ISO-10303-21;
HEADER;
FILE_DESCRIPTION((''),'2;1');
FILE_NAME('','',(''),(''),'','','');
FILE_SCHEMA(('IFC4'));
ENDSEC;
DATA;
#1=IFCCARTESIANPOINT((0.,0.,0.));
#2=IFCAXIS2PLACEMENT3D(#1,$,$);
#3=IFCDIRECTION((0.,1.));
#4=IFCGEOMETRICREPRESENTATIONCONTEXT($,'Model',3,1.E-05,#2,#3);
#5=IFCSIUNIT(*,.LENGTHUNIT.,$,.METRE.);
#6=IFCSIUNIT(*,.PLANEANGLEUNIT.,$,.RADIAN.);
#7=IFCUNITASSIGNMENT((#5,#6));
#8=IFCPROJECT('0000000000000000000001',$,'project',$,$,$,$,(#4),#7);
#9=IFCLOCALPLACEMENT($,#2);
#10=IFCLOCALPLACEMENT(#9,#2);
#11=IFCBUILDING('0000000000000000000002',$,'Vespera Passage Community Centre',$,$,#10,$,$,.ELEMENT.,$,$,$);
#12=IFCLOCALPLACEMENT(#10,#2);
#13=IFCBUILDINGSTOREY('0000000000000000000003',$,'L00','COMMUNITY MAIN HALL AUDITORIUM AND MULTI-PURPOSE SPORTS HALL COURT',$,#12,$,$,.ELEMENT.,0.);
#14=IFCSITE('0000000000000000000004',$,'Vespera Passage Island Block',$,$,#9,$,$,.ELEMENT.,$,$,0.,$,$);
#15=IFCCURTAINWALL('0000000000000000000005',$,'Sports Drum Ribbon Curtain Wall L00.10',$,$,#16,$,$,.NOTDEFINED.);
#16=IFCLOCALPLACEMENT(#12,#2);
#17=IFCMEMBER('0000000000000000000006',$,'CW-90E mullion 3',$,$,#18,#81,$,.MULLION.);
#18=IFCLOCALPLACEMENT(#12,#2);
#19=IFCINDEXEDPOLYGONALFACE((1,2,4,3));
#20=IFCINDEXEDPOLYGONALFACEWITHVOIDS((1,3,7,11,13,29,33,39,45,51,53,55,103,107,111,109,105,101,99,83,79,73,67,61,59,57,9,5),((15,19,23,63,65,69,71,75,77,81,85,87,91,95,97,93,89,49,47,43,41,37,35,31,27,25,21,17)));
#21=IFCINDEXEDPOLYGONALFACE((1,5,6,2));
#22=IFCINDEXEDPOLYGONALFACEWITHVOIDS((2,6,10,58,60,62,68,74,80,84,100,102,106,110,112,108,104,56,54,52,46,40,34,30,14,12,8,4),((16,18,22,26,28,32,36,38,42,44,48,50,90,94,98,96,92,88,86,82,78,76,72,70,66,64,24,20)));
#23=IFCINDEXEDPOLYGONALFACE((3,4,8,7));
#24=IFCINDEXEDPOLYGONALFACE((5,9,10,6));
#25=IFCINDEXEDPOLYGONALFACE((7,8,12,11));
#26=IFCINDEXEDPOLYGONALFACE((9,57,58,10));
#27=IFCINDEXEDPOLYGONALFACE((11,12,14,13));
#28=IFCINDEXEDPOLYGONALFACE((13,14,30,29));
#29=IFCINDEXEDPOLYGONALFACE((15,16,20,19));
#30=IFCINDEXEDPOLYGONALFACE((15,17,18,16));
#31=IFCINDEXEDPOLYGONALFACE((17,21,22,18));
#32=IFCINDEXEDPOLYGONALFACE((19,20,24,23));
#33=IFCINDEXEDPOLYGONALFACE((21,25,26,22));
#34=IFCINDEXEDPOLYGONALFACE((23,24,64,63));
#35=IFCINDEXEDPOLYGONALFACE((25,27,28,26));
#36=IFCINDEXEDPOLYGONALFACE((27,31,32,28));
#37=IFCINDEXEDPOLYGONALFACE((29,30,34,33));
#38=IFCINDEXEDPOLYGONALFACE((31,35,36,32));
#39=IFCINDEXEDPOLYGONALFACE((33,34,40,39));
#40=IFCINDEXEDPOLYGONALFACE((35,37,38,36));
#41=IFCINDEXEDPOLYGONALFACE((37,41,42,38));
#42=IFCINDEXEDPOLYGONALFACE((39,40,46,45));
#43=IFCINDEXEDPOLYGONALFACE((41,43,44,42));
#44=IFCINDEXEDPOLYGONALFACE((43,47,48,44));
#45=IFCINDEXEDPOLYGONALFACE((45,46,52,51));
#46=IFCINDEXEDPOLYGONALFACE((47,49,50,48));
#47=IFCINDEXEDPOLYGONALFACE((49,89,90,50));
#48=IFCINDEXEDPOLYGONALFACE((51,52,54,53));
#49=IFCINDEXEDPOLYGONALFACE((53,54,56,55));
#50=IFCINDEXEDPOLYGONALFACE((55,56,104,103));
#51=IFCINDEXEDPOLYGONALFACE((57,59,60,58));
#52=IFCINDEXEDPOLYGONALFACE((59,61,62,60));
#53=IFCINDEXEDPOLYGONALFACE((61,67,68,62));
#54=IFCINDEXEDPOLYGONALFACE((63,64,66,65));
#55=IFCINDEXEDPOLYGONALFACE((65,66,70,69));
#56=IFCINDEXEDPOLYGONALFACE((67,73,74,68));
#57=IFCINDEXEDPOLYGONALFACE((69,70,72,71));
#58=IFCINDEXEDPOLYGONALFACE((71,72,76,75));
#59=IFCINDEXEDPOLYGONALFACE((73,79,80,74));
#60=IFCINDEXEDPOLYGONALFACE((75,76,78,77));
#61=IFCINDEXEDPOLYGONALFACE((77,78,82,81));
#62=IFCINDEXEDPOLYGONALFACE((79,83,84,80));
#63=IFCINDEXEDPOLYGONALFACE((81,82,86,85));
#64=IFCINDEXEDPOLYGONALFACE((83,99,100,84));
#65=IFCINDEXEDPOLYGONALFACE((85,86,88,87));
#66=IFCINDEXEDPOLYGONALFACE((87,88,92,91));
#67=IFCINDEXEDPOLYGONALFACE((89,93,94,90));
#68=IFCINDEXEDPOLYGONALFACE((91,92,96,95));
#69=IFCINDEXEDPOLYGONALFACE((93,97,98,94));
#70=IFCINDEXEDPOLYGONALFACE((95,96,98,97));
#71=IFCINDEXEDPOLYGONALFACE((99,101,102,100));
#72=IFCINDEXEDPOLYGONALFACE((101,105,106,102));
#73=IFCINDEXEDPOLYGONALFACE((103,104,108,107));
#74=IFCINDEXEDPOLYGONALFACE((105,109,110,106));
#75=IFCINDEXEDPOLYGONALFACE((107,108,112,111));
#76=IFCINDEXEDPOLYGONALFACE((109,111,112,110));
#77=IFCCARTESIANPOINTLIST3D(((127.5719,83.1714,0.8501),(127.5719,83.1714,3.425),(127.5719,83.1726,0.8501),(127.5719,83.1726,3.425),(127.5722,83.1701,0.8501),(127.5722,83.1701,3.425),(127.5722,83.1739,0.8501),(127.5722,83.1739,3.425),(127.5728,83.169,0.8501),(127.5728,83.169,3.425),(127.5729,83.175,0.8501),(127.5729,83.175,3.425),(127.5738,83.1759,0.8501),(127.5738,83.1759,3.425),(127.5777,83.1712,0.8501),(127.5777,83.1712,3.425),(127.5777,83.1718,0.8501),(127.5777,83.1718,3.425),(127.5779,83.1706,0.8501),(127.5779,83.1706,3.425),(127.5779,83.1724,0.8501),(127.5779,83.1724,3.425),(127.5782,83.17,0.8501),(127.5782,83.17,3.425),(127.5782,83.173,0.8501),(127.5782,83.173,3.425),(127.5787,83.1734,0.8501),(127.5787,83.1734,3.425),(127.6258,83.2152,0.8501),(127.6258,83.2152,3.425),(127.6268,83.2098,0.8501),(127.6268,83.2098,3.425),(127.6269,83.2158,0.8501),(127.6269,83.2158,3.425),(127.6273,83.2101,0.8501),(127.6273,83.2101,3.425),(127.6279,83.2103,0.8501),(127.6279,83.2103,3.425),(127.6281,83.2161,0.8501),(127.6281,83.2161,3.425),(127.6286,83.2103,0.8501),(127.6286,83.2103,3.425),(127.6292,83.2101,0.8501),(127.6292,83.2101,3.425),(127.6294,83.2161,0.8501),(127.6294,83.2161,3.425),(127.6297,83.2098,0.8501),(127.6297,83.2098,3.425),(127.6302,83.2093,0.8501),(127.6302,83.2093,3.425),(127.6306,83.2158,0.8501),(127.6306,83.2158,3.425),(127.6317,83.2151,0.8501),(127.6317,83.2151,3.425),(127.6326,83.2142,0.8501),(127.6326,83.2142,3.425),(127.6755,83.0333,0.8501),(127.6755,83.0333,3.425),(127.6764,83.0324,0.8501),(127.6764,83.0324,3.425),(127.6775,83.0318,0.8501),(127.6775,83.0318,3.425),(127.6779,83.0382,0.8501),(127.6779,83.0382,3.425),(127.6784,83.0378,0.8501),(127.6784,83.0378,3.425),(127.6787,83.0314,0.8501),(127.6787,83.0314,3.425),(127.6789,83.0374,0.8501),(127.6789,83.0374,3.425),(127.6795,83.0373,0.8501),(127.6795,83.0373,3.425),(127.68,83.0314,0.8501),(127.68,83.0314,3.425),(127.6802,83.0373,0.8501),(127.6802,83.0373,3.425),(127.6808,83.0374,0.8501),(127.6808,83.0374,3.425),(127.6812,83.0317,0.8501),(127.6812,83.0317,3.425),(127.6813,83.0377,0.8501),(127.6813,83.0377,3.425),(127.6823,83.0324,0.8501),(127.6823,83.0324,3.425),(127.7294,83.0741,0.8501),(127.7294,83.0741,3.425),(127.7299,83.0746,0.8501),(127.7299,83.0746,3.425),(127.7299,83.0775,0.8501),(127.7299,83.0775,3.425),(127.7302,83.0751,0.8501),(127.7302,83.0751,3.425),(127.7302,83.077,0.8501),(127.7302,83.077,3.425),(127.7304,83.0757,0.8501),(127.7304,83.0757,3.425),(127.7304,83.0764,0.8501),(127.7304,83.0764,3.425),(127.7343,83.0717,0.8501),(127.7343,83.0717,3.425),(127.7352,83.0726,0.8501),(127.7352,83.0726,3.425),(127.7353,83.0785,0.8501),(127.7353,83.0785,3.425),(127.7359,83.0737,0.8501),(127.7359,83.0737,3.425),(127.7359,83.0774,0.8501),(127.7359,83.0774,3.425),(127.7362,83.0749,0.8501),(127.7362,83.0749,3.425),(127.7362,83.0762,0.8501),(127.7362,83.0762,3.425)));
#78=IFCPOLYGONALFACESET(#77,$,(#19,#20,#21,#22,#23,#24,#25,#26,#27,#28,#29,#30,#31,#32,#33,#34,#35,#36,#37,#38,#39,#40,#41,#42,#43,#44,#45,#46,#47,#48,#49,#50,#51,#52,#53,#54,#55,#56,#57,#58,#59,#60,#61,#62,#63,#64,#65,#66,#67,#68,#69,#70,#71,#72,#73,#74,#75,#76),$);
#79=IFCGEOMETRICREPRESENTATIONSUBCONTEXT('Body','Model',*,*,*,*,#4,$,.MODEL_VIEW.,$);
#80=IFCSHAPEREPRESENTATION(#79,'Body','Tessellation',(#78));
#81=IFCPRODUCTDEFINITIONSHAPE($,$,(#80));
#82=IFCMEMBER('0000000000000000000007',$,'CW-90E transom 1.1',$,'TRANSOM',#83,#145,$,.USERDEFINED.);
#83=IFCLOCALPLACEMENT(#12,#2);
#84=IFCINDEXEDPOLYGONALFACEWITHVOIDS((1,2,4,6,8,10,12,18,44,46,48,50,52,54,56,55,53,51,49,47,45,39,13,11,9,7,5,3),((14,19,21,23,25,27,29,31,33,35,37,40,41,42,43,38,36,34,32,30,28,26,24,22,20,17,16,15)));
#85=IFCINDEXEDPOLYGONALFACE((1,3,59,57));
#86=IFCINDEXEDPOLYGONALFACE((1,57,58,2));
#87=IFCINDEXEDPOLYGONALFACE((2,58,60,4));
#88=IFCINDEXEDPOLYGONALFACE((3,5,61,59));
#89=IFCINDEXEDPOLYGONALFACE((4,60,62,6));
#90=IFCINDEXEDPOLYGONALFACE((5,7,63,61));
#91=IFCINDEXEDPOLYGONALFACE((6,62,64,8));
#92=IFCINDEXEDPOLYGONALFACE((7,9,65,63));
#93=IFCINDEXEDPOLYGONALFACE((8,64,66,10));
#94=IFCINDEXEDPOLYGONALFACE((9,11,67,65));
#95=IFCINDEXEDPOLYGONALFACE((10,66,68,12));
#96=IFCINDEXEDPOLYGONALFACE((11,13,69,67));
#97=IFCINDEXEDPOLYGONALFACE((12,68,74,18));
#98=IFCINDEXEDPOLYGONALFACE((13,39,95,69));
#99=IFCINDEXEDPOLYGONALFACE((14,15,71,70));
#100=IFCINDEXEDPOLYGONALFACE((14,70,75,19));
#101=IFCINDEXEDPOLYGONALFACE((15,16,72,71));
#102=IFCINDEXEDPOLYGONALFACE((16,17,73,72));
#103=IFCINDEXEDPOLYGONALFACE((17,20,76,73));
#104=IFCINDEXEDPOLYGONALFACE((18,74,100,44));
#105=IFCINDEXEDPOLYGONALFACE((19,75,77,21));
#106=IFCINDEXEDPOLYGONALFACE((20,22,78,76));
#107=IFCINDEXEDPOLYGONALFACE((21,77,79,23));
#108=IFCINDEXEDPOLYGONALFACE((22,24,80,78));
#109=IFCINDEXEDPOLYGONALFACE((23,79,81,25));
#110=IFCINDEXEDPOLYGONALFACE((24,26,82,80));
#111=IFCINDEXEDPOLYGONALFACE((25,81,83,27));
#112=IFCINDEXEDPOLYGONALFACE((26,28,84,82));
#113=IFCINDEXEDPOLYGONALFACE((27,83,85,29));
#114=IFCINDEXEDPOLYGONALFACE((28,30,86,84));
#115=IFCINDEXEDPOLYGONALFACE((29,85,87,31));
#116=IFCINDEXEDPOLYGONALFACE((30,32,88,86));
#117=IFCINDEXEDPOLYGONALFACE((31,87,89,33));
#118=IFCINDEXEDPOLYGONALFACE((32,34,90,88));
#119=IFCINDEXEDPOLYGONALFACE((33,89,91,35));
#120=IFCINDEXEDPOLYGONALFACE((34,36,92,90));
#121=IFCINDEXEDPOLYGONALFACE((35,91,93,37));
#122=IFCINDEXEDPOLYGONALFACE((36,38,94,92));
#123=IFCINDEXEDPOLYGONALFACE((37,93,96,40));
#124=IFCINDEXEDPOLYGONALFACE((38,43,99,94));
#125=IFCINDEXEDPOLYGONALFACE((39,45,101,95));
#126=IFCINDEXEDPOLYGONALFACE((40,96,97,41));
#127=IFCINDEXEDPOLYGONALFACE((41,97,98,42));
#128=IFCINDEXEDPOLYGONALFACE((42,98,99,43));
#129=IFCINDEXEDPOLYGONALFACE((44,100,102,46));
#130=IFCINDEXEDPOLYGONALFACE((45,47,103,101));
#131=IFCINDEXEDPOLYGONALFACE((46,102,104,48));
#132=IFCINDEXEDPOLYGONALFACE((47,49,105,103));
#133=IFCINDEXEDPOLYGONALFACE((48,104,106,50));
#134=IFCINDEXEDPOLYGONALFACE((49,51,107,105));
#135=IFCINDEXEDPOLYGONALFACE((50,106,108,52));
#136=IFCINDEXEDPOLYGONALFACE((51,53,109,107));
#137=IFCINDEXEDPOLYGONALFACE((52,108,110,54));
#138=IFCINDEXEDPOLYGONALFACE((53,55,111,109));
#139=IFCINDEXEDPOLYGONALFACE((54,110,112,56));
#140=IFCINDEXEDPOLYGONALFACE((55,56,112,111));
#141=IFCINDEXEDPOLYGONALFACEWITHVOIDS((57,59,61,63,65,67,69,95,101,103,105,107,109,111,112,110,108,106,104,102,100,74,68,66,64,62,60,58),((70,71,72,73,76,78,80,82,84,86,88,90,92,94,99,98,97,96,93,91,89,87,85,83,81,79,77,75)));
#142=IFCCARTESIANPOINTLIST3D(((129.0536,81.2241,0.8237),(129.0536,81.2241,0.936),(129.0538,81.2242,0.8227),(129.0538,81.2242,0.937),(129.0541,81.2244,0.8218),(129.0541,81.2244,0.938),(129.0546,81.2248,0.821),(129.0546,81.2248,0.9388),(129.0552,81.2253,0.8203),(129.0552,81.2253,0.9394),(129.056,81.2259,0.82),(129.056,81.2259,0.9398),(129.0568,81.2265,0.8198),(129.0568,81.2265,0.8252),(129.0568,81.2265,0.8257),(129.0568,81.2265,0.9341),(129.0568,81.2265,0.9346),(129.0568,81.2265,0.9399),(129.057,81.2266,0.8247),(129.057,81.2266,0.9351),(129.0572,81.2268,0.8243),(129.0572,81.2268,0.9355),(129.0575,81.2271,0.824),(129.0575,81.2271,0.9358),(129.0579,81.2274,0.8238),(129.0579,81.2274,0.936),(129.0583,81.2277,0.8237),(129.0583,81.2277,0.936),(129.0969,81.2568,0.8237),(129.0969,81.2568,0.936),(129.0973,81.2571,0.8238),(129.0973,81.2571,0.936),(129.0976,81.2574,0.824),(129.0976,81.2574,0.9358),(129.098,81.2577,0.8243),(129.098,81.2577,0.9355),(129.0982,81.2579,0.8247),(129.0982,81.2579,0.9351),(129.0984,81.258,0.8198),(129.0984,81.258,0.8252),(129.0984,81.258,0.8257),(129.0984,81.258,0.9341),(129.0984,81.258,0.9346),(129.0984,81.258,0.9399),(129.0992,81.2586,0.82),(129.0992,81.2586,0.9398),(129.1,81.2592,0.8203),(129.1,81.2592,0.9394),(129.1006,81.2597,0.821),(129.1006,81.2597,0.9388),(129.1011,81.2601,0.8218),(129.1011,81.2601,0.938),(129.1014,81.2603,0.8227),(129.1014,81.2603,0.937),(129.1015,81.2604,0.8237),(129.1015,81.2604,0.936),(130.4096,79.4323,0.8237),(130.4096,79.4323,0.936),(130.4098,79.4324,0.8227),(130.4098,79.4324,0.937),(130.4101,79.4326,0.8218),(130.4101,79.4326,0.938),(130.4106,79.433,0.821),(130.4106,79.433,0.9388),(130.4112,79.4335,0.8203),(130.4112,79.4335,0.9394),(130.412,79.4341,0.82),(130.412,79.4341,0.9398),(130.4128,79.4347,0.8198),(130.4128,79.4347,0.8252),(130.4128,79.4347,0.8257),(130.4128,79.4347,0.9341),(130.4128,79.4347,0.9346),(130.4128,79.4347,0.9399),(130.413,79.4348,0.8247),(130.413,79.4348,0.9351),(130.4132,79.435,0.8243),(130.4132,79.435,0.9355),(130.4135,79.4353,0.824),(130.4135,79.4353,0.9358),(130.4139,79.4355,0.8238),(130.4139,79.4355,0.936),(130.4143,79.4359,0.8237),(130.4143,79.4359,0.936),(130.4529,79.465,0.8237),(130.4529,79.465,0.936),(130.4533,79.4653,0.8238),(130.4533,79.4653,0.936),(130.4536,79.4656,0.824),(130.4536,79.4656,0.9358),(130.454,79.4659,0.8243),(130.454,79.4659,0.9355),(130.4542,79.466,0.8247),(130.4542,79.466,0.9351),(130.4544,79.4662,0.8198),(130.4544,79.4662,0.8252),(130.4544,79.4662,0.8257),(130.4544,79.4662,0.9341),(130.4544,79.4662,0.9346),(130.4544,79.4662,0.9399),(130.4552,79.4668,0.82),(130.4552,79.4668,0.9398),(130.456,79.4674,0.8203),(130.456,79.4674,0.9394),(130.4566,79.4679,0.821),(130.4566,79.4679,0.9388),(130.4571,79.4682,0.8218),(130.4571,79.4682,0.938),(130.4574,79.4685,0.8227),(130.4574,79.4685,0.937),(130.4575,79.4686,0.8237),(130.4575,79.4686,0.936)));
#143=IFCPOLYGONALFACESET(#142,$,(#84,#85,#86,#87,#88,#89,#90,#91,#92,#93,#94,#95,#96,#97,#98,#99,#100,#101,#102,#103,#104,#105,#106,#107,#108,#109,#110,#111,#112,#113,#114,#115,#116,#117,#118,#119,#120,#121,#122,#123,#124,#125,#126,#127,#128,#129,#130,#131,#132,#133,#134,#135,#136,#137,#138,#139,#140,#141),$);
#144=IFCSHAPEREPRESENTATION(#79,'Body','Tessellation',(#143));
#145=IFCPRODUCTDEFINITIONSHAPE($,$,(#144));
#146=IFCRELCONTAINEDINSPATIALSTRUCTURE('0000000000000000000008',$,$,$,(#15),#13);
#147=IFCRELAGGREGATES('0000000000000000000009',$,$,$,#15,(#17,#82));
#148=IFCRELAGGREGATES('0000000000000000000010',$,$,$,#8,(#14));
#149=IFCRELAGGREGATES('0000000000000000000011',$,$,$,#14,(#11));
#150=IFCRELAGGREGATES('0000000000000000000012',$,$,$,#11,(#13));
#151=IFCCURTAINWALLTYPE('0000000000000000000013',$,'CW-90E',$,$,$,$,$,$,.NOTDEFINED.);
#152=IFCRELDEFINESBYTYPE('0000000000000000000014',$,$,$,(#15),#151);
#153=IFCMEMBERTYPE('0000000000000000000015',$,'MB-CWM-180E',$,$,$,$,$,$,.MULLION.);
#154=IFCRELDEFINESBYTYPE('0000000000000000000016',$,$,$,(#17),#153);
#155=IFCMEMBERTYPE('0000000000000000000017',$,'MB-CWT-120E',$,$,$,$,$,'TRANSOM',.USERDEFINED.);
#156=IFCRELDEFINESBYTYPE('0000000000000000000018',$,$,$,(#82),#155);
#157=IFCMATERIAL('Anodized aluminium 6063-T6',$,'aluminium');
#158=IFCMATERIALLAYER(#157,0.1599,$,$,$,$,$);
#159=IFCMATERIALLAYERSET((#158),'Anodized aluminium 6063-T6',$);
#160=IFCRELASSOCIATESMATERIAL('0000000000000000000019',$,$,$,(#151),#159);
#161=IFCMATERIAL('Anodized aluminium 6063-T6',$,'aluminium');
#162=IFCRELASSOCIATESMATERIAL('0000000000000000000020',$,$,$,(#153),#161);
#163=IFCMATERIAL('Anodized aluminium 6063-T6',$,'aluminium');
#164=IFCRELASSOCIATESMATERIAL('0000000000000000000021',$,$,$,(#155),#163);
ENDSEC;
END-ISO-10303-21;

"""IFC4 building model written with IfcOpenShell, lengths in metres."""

from ifc_helpers import new_model, si_unit, direction, frame, origin, origin_2d, place, context, subcontext, project, spatial, hollow_rectangle, extrude, material, layer, layer_set, material_profile, profile_set, type_object, element, aggregate, save


model = new_model("IFC4")

# Units and contexts
model_context = context("Model", 3, precision=1e-05, world=origin(), true_north=direction((0.0, 1.0)))
body_context = subcontext(model_context, "Body", "Model", "MODEL_VIEW")
ifc_project = project(units=[si_unit("LENGTHUNIT", "METRE"), si_unit("PLANEANGLEUNIT", "RADIAN")], contexts=[model_context])

# Site, building, storey
site_placement = place(None, origin())
site = spatial("IfcSite", under=ifc_project, at=site_placement, Name="Vespera Passage Island Block", CompositionType="ELEMENT", RefElevation=0.0)
building_placement = place(site_placement, origin())
building = spatial("IfcBuilding", under=site, at=building_placement, Name="Vespera Passage Community Centre", CompositionType="ELEMENT")
storey_placement = place(building_placement, origin())
storey = spatial("IfcBuildingStorey", under=building, at=storey_placement, Name="L00", Description="COMMUNITY MAIN HALL AUDITORIUM AND MULTI-PURPOSE SPORTS HALL COURT", CompositionType="ELEMENT", Elevation=0.0)

# Curtain wall, members
ifc_material_1 = material(Name="Anodized aluminium 6063-T6", Category="aluminium")
ifc_layer_1 = layer(ifc_material_1, 0.1599)
ifc_layer_set_1 = layer_set([ifc_layer_1], Name="Anodized aluminium 6063-T6")
curtain_wall_type = type_object("IfcCurtainWallType", Name="CW-90E", PredefinedType="NOTDEFINED", material=ifc_layer_set_1)
curtain_wall_placement = place(storey_placement, origin())
curtain_wall = element("IfcCurtainWall", 1, at=curtain_wall_placement, inside=storey, type_object=curtain_wall_type, Name="Sports Drum Ribbon Curtain Wall L00.10", PredefinedType="NOTDEFINED")
ifc_material_2 = material(Name="Anodized aluminium 6063-T6", Category="aluminium")
ifc_material_profile_1 = material_profile(ifc_material_2, hollow_rectangle(XDim=0.075, YDim=0.1799, WallThickness=0.0049, InnerFilletRadius=0.0024, OuterFilletRadius=0.0049, at=origin_2d()), Name="ALU180X75X5")
ifc_profile_set_1 = profile_set([ifc_material_profile_1], Name="Anodized aluminium 6063-T6")
member_type_1 = type_object("IfcMemberType", Name="MB-CWM-180E", PredefinedType="MULLION", material=ifc_profile_set_1)
member_1_placement = place(storey_placement, frame((127.6541, 83.1238, 0.8501), z_axis=(0.0, 0.0, 1.0), x_axis=(-0.797434, -0.603406, 0.0)))
member_1 = element("IfcMember", 2, at=member_1_placement, type_object=member_type_1, Name="CW-90E mullion 3", PredefinedType="MULLION", context=body_context, shape_type="SweptSolid", body=[
    extrude(hollow_rectangle(XDim=0.075, YDim=0.1799, WallThickness=0.0049, InnerFilletRadius=0.0024, OuterFilletRadius=0.0049, at=origin_2d()), origin(), (0.0, 0.0, 1.0), 2.575),
])
ifc_material_3 = material(Name="Anodized aluminium 6063-T6", Category="aluminium")
ifc_material_profile_2 = material_profile(ifc_material_3, hollow_rectangle(XDim=0.0601, YDim=0.1201, WallThickness=0.0039, InnerFilletRadius=0.002, OuterFilletRadius=0.0039, at=origin_2d()), Name="ALU120X60X4")
ifc_profile_set_2 = profile_set([ifc_material_profile_2], Name="Anodized aluminium 6063-T6")
member_type_2 = type_object("IfcMemberType", Name="MB-CWT-120E", ElementType="TRANSOM", PredefinedType="USERDEFINED", material=ifc_profile_set_2)
member_2_placement = place(storey_placement, frame((130.4336, 79.4504, 0.8799), z_axis=(-0.603454, 0.797398, 0.0), x_axis=(-0.797398, -0.603454, 0.0)))
member_2 = element("IfcMember", 3, at=member_2_placement, type_object=member_type_2, Name="CW-90E transom 1.1", ObjectType="TRANSOM", PredefinedType="USERDEFINED", context=body_context, shape_type="SweptSolid", body=[
    extrude(hollow_rectangle(XDim=0.0601, YDim=0.1201, WallThickness=0.0039, InnerFilletRadius=0.002, OuterFilletRadius=0.0039, at=origin_2d()), origin(), (0.0, 0.0, 1.0), 2.2471),
])
aggregate(curtain_wall, [member_1, member_2])

save(model, "model.ifc")
